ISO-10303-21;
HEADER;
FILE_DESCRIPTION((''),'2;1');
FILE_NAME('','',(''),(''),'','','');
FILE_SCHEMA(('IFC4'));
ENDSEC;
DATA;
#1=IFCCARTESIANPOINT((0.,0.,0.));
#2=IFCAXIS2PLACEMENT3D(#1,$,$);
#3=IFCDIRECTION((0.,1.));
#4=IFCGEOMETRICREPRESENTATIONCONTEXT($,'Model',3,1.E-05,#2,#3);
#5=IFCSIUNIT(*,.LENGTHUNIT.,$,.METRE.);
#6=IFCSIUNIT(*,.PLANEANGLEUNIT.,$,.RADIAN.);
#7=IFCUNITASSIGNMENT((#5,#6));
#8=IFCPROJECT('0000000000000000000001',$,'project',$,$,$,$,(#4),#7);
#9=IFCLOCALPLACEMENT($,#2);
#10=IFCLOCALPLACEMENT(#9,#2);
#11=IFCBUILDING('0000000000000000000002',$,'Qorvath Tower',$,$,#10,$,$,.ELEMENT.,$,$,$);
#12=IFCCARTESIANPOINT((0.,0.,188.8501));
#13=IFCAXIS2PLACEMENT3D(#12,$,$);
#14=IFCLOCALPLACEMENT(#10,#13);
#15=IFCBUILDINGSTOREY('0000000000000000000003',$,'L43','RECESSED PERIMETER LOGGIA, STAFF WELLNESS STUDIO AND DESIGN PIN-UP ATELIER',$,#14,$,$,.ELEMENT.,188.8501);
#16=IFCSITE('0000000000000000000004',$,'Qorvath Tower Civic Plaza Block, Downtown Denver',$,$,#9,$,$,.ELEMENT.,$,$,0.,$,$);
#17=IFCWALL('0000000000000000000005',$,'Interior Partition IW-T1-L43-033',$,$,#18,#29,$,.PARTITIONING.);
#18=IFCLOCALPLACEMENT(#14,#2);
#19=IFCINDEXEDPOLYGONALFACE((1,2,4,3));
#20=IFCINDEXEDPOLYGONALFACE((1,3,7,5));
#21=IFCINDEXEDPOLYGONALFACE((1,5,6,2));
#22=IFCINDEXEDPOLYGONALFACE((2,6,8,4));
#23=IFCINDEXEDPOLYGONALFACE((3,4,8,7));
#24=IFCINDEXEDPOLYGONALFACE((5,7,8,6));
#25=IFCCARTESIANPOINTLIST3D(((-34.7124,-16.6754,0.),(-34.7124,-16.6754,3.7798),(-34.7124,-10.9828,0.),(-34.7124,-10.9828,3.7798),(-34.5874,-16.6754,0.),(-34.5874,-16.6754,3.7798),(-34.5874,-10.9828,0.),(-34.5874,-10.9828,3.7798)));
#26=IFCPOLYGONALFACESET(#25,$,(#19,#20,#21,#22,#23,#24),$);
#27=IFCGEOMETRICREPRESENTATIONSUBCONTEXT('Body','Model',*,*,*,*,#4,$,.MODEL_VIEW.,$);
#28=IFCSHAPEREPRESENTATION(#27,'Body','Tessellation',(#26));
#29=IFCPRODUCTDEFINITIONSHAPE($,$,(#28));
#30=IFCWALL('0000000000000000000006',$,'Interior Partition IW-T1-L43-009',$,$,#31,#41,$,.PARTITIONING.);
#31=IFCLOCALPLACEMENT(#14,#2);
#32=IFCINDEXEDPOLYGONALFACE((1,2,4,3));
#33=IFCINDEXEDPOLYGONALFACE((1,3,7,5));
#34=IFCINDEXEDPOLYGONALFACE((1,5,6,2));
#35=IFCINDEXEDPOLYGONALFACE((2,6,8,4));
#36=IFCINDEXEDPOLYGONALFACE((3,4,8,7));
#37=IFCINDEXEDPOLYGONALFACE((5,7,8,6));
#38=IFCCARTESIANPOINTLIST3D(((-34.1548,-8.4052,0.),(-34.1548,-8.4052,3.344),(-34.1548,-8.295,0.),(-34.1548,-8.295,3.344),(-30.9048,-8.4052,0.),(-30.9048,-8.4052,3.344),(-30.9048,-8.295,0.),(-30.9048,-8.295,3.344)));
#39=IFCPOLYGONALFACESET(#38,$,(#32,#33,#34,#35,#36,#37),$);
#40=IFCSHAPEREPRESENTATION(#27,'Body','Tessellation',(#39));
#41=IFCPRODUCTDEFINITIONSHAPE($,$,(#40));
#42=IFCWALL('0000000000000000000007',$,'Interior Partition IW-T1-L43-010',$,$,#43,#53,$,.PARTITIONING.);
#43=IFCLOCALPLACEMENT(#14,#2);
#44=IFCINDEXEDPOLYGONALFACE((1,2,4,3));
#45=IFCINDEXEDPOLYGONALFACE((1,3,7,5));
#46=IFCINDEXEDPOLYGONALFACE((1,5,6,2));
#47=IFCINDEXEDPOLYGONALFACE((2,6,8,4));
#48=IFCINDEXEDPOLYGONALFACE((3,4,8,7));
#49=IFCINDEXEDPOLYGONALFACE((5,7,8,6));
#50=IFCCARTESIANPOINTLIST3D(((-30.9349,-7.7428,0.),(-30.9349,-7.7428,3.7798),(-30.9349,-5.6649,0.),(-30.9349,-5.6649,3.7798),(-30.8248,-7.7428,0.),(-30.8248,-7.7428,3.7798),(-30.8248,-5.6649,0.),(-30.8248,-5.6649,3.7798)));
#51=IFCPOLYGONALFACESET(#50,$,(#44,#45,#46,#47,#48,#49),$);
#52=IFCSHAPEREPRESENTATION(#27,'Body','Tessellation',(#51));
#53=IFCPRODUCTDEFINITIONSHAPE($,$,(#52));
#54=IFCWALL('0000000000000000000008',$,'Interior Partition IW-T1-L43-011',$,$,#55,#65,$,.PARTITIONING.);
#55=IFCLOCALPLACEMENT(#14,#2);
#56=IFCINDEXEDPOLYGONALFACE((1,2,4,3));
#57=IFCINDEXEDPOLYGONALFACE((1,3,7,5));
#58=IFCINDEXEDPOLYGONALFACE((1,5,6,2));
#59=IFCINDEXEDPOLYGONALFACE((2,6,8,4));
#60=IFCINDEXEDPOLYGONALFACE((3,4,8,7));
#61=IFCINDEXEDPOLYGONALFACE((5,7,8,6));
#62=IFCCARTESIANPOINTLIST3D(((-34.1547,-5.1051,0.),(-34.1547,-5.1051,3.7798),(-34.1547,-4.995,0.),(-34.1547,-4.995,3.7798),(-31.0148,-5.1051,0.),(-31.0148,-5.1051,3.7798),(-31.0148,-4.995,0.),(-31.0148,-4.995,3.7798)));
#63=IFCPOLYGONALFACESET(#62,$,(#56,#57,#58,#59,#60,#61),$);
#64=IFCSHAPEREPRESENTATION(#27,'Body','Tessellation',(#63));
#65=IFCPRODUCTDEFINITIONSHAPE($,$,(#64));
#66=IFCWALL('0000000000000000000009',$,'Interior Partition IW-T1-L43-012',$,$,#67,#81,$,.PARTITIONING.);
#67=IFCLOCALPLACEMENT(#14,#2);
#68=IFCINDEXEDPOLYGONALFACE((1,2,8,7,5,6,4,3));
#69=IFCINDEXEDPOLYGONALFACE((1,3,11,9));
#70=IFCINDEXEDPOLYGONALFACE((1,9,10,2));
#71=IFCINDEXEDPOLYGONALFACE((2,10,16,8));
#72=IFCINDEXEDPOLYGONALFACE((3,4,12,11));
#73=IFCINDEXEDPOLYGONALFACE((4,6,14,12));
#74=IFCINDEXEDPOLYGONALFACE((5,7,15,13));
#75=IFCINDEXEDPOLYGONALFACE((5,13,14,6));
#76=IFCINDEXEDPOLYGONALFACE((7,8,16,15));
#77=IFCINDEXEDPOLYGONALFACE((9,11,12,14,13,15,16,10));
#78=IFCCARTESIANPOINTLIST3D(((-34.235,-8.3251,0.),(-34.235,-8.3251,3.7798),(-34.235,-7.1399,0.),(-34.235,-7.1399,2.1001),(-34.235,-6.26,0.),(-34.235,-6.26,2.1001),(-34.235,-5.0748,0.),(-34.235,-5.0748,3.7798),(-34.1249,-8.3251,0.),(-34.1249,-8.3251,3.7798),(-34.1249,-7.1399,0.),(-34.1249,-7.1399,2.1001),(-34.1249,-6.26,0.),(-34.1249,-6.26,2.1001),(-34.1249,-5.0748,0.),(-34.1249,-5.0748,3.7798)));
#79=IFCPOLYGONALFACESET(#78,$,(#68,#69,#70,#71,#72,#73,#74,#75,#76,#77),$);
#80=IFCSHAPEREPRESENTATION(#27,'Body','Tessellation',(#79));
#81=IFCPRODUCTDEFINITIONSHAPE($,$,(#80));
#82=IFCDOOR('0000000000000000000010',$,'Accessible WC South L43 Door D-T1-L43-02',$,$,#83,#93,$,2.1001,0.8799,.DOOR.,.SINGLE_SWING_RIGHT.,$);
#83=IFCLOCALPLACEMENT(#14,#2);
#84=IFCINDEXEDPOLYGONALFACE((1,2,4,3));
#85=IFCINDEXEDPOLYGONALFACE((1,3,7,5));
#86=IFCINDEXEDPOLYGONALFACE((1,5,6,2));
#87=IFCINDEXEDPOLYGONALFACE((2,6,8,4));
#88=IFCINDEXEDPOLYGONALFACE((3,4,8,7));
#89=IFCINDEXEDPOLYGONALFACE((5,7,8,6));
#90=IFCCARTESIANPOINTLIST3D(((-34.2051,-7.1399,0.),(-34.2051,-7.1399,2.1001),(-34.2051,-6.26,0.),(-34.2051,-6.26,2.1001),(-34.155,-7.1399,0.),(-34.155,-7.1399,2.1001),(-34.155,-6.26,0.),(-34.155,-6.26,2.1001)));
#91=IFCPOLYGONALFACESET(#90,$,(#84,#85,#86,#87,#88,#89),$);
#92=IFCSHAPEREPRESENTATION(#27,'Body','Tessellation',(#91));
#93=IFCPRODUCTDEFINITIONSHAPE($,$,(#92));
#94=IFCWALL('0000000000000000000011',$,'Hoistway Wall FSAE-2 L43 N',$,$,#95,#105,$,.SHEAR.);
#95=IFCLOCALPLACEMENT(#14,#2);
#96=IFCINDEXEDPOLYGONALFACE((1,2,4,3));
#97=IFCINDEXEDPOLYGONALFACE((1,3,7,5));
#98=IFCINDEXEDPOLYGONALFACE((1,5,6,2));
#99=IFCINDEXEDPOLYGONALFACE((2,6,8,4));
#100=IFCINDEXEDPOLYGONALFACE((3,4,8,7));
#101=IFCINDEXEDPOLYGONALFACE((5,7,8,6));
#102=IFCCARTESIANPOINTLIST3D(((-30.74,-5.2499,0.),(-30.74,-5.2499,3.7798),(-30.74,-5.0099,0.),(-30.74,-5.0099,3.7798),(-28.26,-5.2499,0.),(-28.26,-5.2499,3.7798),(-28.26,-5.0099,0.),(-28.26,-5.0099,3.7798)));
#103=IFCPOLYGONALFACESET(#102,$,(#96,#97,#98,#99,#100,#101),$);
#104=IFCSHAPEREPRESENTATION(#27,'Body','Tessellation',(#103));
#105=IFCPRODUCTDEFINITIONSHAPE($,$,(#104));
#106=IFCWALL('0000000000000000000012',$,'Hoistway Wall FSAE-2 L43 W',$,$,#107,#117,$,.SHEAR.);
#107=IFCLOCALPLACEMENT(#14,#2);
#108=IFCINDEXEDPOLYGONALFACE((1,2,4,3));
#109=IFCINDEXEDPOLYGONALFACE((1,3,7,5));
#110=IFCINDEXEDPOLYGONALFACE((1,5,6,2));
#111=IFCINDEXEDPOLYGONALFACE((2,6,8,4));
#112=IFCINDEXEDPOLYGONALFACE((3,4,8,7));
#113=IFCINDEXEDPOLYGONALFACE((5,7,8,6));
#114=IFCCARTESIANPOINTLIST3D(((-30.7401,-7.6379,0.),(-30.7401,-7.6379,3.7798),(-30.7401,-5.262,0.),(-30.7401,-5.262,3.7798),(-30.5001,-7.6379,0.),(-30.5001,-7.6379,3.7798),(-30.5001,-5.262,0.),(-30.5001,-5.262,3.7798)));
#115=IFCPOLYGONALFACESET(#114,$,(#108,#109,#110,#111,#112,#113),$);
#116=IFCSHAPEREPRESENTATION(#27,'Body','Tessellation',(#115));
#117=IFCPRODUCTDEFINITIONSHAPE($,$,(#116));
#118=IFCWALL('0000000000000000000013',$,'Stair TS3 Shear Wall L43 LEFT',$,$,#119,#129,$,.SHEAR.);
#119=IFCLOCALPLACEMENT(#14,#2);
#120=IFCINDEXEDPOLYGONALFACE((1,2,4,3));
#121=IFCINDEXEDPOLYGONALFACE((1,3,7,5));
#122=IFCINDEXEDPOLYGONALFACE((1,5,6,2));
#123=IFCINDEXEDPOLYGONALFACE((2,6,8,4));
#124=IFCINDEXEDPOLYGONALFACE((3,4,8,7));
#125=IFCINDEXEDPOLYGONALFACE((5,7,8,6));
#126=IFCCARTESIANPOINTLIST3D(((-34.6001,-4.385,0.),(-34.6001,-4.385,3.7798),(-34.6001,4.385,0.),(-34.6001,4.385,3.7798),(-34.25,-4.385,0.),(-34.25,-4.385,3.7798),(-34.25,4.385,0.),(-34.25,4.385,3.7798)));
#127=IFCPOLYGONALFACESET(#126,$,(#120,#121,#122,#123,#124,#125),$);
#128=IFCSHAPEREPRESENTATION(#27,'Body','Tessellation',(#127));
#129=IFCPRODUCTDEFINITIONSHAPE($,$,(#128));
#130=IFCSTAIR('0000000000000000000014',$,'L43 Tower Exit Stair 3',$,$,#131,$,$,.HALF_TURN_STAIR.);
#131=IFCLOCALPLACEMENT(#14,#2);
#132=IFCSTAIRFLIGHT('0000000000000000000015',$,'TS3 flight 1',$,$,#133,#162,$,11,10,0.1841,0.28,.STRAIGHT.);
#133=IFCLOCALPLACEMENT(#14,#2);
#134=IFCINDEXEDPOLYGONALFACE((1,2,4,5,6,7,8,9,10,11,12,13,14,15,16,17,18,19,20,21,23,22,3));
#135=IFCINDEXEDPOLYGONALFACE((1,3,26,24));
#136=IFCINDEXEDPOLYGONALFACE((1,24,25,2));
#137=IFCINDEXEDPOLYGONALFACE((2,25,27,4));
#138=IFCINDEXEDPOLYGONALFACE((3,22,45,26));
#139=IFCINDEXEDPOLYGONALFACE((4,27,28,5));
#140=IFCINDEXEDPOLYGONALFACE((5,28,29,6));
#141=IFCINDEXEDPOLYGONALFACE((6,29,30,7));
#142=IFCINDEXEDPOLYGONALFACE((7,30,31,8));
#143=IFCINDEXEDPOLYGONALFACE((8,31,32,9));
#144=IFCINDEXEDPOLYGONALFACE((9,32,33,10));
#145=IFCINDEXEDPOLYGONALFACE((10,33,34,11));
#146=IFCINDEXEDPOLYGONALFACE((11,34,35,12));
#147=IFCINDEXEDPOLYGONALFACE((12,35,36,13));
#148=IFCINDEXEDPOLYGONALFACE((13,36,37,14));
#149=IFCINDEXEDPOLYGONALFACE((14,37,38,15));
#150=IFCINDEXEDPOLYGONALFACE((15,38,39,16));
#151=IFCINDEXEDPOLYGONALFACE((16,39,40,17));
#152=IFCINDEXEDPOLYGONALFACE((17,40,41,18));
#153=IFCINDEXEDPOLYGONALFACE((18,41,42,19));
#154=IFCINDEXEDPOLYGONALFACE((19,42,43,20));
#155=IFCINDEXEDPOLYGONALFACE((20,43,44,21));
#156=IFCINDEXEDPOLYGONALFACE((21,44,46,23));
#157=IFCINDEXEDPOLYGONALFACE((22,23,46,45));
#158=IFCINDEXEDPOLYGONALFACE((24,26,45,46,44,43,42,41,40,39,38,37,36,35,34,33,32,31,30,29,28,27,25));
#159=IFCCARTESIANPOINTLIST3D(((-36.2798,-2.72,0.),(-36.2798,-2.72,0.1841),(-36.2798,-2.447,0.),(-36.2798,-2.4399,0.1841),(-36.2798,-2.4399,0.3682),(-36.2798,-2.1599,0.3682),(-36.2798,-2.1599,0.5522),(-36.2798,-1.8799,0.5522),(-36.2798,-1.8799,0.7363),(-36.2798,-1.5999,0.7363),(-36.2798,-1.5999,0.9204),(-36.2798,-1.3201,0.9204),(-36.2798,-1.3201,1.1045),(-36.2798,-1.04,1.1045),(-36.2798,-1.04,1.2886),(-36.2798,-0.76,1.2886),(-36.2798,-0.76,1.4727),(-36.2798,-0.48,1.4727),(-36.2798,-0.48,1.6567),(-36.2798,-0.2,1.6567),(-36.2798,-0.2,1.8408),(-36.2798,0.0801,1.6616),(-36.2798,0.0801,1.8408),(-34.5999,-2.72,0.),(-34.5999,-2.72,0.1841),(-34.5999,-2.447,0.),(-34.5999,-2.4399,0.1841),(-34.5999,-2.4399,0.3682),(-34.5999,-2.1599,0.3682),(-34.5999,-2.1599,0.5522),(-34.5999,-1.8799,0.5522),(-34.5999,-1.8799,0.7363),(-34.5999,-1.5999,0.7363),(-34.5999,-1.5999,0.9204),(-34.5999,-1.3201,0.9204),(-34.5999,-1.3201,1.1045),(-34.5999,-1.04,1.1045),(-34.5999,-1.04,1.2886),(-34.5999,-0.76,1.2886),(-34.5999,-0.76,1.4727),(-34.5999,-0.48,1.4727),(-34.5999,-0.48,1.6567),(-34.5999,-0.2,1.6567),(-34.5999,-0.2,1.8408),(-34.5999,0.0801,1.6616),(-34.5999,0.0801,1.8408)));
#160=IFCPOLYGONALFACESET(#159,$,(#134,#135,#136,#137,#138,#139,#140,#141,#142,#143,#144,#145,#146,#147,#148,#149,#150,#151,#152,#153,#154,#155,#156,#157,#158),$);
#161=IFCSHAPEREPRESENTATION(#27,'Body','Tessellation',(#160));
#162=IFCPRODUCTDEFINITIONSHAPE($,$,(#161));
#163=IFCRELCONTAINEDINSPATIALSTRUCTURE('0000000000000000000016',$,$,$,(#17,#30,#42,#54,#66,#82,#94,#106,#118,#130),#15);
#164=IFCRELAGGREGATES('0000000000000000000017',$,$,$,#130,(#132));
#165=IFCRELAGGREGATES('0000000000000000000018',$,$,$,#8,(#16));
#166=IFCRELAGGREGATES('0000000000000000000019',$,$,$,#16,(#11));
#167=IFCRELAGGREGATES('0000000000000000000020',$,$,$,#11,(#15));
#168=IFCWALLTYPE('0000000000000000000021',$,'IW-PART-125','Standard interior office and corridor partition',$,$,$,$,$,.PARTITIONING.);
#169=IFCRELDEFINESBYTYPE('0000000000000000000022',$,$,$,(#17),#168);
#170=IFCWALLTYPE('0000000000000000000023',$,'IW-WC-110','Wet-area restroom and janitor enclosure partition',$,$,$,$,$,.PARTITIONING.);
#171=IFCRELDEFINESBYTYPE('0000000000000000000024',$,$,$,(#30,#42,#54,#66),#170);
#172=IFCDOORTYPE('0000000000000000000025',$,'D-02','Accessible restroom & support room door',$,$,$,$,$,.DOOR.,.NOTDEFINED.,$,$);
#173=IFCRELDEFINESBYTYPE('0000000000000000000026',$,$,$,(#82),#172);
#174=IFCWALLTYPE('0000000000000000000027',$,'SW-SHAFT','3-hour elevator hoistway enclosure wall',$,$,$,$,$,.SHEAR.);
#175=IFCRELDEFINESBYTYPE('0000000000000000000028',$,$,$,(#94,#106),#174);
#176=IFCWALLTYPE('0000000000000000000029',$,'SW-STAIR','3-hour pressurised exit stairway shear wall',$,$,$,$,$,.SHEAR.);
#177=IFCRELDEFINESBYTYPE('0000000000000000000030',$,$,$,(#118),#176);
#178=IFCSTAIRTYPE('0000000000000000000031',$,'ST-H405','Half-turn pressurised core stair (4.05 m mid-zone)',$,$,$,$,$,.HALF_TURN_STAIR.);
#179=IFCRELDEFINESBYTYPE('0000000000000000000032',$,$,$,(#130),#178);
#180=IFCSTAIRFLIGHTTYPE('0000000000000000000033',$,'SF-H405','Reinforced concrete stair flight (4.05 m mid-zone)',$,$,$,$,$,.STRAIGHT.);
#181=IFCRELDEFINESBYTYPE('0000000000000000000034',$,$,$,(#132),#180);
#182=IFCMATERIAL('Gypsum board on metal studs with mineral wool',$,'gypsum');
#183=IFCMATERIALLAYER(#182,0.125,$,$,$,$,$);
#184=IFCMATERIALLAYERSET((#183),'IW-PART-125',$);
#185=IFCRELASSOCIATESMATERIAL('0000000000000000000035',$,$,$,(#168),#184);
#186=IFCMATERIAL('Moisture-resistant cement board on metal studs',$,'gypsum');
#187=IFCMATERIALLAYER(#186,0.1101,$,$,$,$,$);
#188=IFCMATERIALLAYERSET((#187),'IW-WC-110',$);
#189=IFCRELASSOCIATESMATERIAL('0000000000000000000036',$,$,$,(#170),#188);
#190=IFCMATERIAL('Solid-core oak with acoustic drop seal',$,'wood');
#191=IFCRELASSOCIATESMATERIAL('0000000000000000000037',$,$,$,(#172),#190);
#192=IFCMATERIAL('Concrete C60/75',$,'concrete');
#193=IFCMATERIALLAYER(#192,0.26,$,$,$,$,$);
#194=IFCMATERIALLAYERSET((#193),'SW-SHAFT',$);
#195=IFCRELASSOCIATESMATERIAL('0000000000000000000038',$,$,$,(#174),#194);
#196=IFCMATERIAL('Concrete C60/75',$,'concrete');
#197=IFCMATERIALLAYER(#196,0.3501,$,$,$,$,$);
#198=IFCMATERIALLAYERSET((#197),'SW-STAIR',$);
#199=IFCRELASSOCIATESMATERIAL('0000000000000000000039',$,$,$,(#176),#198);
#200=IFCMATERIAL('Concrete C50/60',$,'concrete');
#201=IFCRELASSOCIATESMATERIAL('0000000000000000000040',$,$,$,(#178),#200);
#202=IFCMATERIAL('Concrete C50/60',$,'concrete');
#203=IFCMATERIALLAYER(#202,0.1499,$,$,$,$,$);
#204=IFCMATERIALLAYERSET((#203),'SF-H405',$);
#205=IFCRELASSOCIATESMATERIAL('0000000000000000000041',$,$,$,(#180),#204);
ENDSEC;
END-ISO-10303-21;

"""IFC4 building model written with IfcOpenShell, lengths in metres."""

from ifc_helpers import new_model, si_unit, direction, frame, frame_2d, origin, place, context, subcontext, project, spatial, polyline, rectangle, outline, extrude, material, layer, layer_set, type_object, element, fill, aggregate, save


model = new_model("IFC4")

# Units and contexts
model_context = context("Model", 3, precision=1e-05, world=origin(), true_north=direction((0.0, 1.0)))
body_context = subcontext(model_context, "Body", "Model", "MODEL_VIEW")
ifc_project = project(units=[si_unit("LENGTHUNIT", "METRE"), si_unit("PLANEANGLEUNIT", "RADIAN")], contexts=[model_context])

# Site, building, storey
site_placement = place(None, origin())
site = spatial("IfcSite", under=ifc_project, at=site_placement, Name="Qorvath Tower Civic Plaza Block, Downtown Denver", CompositionType="ELEMENT", RefElevation=0.0)
building_placement = place(site_placement, origin())
building = spatial("IfcBuilding", under=site, at=building_placement, Name="Qorvath Tower", CompositionType="ELEMENT")
storey_placement = place(building_placement, frame((0.0, 0.0, 188.8501)))
storey = spatial("IfcBuildingStorey", under=building, at=storey_placement, Name="L43", Description="RECESSED PERIMETER LOGGIA, STAFF WELLNESS STUDIO AND DESIGN PIN-UP ATELIER", CompositionType="ELEMENT", Elevation=188.8501)

# Walls
ifc_material_1 = material(Name="Gypsum board on metal studs with mineral wool", Category="gypsum")
ifc_layer_1 = layer(ifc_material_1, 0.125)
ifc_layer_set_1 = layer_set([ifc_layer_1], Name="IW-PART-125")
wall_type_1 = type_object("IfcWallType", Name="IW-PART-125", Description="Standard interior office and corridor partition", PredefinedType="PARTITIONING", material=ifc_layer_set_1)
wall_1_placement = place(storey_placement, frame((-34.6499, -10.9829, 0.0), z_axis=(0.0, 0.0, 1.0), x_axis=(0.0, -1.0, 0.0)))
element("IfcWall", 1, at=wall_1_placement, inside=storey, type_object=wall_type_1, Name="Interior Partition IW-T1-L43-033", PredefinedType="PARTITIONING", context=body_context, shape_type="SweptSolid", body=[
    extrude(rectangle(XDim=5.6926, YDim=0.125, at=frame_2d((2.8462, 0.0))), origin(), (0.0, 0.0, 1.0), 3.7798),
])
ifc_material_2 = material(Name="Moisture-resistant cement board on metal studs", Category="gypsum")
ifc_layer_2 = layer(ifc_material_2, 0.1101)
ifc_layer_set_2 = layer_set([ifc_layer_2], Name="IW-WC-110")
wall_type_2 = type_object("IfcWallType", Name="IW-WC-110", Description="Wet-area restroom and janitor enclosure partition", PredefinedType="PARTITIONING", material=ifc_layer_set_2)
wall_2_placement = place(storey_placement, frame((-34.1548, -8.3501, 0.0), z_axis=(0.0, 0.0, 1.0), x_axis=(1.0, 0.0, 0.0)))
element("IfcWall", 2, at=wall_2_placement, inside=storey, type_object=wall_type_2, Name="Interior Partition IW-T1-L43-009", PredefinedType="PARTITIONING", context=body_context, shape_type="SweptSolid", body=[
    extrude(rectangle(XDim=3.25, YDim=0.1101, at=frame_2d((1.625, 0.0))), origin(), (0.0, 0.0, 1.0), 3.344),
])
wall_3_placement = place(storey_placement, frame((-30.8799, -7.7429, 0.0), z_axis=(0.0, 0.0, 1.0), x_axis=(0.0, 1.0, 0.0)))
element("IfcWall", 3, at=wall_3_placement, inside=storey, type_object=wall_type_2, Name="Interior Partition IW-T1-L43-010", PredefinedType="PARTITIONING", context=body_context, shape_type="SweptSolid", body=[
    extrude(rectangle(XDim=2.0779, YDim=0.1101, at=frame_2d((1.0391, 0.0))), origin(), (0.0, 0.0, 1.0), 3.7798),
])
wall_4_placement = place(storey_placement, frame((-31.0149, -5.05, 0.0), z_axis=(0.0, 0.0, 1.0), x_axis=(-1.0, 0.0, 0.0)))
element("IfcWall", 4, at=wall_4_placement, inside=storey, type_object=wall_type_2, Name="Interior Partition IW-T1-L43-011", PredefinedType="PARTITIONING", context=body_context, shape_type="SweptSolid", body=[
    extrude(rectangle(XDim=3.1399, YDim=0.1101, at=frame_2d((1.5698, 0.0))), origin(), (0.0, 0.0, 1.0), 3.7798),
])

# Wall, opening, door
wall_5_placement = place(storey_placement, frame((-34.1799, -5.075, 0.0), z_axis=(0.0, 0.0, 1.0), x_axis=(0.0, -1.0, 0.0)))
wall_5 = element("IfcWall", 5, at=wall_5_placement, inside=storey, type_object=wall_type_2, Name="Interior Partition IW-T1-L43-012", PredefinedType="PARTITIONING", context=body_context, shape_type="SweptSolid", body=[
    extrude(rectangle(XDim=3.2502, YDim=0.1101, at=frame_2d((1.625, 0.0))), origin(), (0.0, 0.0, 1.0), 3.7798),
])
opening_1_placement = place(wall_5_placement, frame((1.1851, 0.0, 0.0)))
opening_1 = element("IfcOpeningElement", 6, at=opening_1_placement, cuts=wall_5, PredefinedType="OPENING", context=body_context, shape_type="SweptSolid", body=[
    extrude(rectangle(XDim=0.8799, YDim=2.1001, at=frame_2d((0.4399, 1.05))), frame((0.0, 0.0649, 0.0), z_axis=(0.0, -1.0, 0.0), x_axis=(1.0, 0.0, 0.0)), (0.0, 0.0, 1.0), 0.1301),
])
ifc_material_3 = material(Name="Solid-core oak with acoustic drop seal", Category="wood")
door_type_1 = type_object("IfcDoorType", Name="D-02", Description="Accessible restroom & support room door", OperationType="NOTDEFINED", PredefinedType="DOOR", material=ifc_material_3)
door_1_placement = place(opening_1_placement, origin())
door_1 = element("IfcDoor", 7, at=door_1_placement, inside=storey, type_object=door_type_1, Name="Accessible WC South L43 Door D-T1-L43-02", OperationType="SINGLE_SWING_RIGHT", OverallHeight=2.1001, OverallWidth=0.8799, PredefinedType="DOOR", context=body_context, shape_type="SweptSolid", body=[
    extrude(rectangle(XDim=0.8799, YDim=2.1001, at=frame_2d((0.4399, 1.05))), frame((0.0, 0.0249, 0.0), z_axis=(0.0, -1.0, 0.0), x_axis=(1.0, 0.0, 0.0)), (0.0, 0.0, 1.0), 0.05),
])
fill(opening_1, door_1)

# Walls
ifc_material_4 = material(Name="Concrete C60/75", Category="concrete")
ifc_layer_3 = layer(ifc_material_4, 0.26)
ifc_layer_set_3 = layer_set([ifc_layer_3], Name="SW-SHAFT")
wall_type_3 = type_object("IfcWallType", Name="SW-SHAFT", Description="3-hour elevator hoistway enclosure wall", PredefinedType="SHEAR", material=ifc_layer_set_3)
wall_6_placement = place(storey_placement, frame((-30.74, -5.1299, 0.0), z_axis=(0.0, 0.0, 1.0), x_axis=(1.0, 0.0, 0.0)))
element("IfcWall", 8, at=wall_6_placement, inside=storey, type_object=wall_type_3, Name="Hoistway Wall FSAE-2 L43 N", PredefinedType="SHEAR", context=body_context, shape_type="SweptSolid", body=[
    extrude(rectangle(XDim=2.48, YDim=0.24, at=frame_2d((1.24, 0.0))), origin(), (0.0, 0.0, 1.0), 3.7798),
])
wall_7_placement = place(storey_placement, frame((-30.6201, -7.6379, 0.0), z_axis=(0.0, 0.0, 1.0), x_axis=(0.0, 1.0, 0.0)))
element("IfcWall", 9, at=wall_7_placement, inside=storey, type_object=wall_type_3, Name="Hoistway Wall FSAE-2 L43 W", PredefinedType="SHEAR", context=body_context, shape_type="SweptSolid", body=[
    extrude(rectangle(XDim=2.376, YDim=0.24, at=frame_2d((1.188, 0.0))), origin(), (0.0, 0.0, 1.0), 3.7798),
])
ifc_material_5 = material(Name="Concrete C60/75", Category="concrete")
ifc_layer_4 = layer(ifc_material_5, 0.3501)
ifc_layer_set_4 = layer_set([ifc_layer_4], Name="SW-STAIR")
wall_type_4 = type_object("IfcWallType", Name="SW-STAIR", Description="3-hour pressurised exit stairway shear wall", PredefinedType="SHEAR", material=ifc_layer_set_4)
wall_8_placement = place(storey_placement, frame((-34.425, -4.385, 0.0), z_axis=(0.0, 0.0, 1.0), x_axis=(0.0, 1.0, 0.0)))
element("IfcWall", 10, at=wall_8_placement, inside=storey, type_object=wall_type_4, Name="Stair TS3 Shear Wall L43 LEFT", PredefinedType="SHEAR", context=body_context, shape_type="SweptSolid", body=[
    extrude(rectangle(XDim=8.77, YDim=0.3501, at=frame_2d((4.385, 0.0))), origin(), (0.0, 0.0, 1.0), 3.7798),
])

# Stair, stair flight
ifc_material_6 = material(Name="Concrete C50/60", Category="concrete")
stair_type = type_object("IfcStairType", Name="ST-H405", Description="Half-turn pressurised core stair (4.05 m mid-zone)", PredefinedType="HALF_TURN_STAIR", material=ifc_material_6)
stair_placement = place(storey_placement, origin())
stair = element("IfcStair", 11, at=stair_placement, inside=storey, type_object=stair_type, Name="L43 Tower Exit Stair 3", PredefinedType="HALF_TURN_STAIR")
ifc_material_7 = material(Name="Concrete C50/60", Category="concrete")
ifc_layer_5 = layer(ifc_material_7, 0.1499)
ifc_layer_set_5 = layer_set([ifc_layer_5], Name="SF-H405")
stair_flight_type = type_object("IfcStairFlightType", Name="SF-H405", Description="Reinforced concrete stair flight (4.05 m mid-zone)", PredefinedType="STRAIGHT", material=ifc_layer_set_5)
stair_flight_placement = place(storey_placement, frame((-35.4399, -2.72, 0.0), z_axis=(0.0, 0.0, 1.0), x_axis=(0.0, 1.0, 0.0)))
stair_flight = element("IfcStairFlight", 12, at=stair_flight_placement, type_object=stair_flight_type, Name="TS3 flight 1", NumberOfRisers=11, NumberOfTreads=10, PredefinedType="STRAIGHT", RiserHeight=0.1841, TreadLength=0.28, context=body_context, shape_type="SweptSolid", body=[
    extrude(outline(polyline([(0.0, 0.0), (0.0, 0.1841), (0.28, 0.1841), (0.28, 0.3682), (0.5601, 0.3682), (0.5601, 0.5522), (0.8401, 0.5522), (0.8401, 0.7363), (1.1201, 0.7363), (1.1201, 0.9204), (1.3999, 0.9204), (1.3999, 1.1045), (1.6799, 1.1045), (1.6799, 1.2886), (1.96, 1.2886), (1.96, 1.4727), (2.24, 1.4727), (2.24, 1.6567), (2.52, 1.6567), (2.52, 1.8408), (2.8, 1.8408), (2.8, 2.0249), (2.8, 1.6616), (0.2729, 0.0), (0.0, 0.0)])), frame((0.0, 0.8398, 0.0), z_axis=(0.0, -1.0, 0.0), x_axis=(1.0, 0.0, 0.0)), (0.0, 0.0, 1.0), 1.6799),
])
aggregate(stair, [stair_flight])

save(model, "model.ifc")
